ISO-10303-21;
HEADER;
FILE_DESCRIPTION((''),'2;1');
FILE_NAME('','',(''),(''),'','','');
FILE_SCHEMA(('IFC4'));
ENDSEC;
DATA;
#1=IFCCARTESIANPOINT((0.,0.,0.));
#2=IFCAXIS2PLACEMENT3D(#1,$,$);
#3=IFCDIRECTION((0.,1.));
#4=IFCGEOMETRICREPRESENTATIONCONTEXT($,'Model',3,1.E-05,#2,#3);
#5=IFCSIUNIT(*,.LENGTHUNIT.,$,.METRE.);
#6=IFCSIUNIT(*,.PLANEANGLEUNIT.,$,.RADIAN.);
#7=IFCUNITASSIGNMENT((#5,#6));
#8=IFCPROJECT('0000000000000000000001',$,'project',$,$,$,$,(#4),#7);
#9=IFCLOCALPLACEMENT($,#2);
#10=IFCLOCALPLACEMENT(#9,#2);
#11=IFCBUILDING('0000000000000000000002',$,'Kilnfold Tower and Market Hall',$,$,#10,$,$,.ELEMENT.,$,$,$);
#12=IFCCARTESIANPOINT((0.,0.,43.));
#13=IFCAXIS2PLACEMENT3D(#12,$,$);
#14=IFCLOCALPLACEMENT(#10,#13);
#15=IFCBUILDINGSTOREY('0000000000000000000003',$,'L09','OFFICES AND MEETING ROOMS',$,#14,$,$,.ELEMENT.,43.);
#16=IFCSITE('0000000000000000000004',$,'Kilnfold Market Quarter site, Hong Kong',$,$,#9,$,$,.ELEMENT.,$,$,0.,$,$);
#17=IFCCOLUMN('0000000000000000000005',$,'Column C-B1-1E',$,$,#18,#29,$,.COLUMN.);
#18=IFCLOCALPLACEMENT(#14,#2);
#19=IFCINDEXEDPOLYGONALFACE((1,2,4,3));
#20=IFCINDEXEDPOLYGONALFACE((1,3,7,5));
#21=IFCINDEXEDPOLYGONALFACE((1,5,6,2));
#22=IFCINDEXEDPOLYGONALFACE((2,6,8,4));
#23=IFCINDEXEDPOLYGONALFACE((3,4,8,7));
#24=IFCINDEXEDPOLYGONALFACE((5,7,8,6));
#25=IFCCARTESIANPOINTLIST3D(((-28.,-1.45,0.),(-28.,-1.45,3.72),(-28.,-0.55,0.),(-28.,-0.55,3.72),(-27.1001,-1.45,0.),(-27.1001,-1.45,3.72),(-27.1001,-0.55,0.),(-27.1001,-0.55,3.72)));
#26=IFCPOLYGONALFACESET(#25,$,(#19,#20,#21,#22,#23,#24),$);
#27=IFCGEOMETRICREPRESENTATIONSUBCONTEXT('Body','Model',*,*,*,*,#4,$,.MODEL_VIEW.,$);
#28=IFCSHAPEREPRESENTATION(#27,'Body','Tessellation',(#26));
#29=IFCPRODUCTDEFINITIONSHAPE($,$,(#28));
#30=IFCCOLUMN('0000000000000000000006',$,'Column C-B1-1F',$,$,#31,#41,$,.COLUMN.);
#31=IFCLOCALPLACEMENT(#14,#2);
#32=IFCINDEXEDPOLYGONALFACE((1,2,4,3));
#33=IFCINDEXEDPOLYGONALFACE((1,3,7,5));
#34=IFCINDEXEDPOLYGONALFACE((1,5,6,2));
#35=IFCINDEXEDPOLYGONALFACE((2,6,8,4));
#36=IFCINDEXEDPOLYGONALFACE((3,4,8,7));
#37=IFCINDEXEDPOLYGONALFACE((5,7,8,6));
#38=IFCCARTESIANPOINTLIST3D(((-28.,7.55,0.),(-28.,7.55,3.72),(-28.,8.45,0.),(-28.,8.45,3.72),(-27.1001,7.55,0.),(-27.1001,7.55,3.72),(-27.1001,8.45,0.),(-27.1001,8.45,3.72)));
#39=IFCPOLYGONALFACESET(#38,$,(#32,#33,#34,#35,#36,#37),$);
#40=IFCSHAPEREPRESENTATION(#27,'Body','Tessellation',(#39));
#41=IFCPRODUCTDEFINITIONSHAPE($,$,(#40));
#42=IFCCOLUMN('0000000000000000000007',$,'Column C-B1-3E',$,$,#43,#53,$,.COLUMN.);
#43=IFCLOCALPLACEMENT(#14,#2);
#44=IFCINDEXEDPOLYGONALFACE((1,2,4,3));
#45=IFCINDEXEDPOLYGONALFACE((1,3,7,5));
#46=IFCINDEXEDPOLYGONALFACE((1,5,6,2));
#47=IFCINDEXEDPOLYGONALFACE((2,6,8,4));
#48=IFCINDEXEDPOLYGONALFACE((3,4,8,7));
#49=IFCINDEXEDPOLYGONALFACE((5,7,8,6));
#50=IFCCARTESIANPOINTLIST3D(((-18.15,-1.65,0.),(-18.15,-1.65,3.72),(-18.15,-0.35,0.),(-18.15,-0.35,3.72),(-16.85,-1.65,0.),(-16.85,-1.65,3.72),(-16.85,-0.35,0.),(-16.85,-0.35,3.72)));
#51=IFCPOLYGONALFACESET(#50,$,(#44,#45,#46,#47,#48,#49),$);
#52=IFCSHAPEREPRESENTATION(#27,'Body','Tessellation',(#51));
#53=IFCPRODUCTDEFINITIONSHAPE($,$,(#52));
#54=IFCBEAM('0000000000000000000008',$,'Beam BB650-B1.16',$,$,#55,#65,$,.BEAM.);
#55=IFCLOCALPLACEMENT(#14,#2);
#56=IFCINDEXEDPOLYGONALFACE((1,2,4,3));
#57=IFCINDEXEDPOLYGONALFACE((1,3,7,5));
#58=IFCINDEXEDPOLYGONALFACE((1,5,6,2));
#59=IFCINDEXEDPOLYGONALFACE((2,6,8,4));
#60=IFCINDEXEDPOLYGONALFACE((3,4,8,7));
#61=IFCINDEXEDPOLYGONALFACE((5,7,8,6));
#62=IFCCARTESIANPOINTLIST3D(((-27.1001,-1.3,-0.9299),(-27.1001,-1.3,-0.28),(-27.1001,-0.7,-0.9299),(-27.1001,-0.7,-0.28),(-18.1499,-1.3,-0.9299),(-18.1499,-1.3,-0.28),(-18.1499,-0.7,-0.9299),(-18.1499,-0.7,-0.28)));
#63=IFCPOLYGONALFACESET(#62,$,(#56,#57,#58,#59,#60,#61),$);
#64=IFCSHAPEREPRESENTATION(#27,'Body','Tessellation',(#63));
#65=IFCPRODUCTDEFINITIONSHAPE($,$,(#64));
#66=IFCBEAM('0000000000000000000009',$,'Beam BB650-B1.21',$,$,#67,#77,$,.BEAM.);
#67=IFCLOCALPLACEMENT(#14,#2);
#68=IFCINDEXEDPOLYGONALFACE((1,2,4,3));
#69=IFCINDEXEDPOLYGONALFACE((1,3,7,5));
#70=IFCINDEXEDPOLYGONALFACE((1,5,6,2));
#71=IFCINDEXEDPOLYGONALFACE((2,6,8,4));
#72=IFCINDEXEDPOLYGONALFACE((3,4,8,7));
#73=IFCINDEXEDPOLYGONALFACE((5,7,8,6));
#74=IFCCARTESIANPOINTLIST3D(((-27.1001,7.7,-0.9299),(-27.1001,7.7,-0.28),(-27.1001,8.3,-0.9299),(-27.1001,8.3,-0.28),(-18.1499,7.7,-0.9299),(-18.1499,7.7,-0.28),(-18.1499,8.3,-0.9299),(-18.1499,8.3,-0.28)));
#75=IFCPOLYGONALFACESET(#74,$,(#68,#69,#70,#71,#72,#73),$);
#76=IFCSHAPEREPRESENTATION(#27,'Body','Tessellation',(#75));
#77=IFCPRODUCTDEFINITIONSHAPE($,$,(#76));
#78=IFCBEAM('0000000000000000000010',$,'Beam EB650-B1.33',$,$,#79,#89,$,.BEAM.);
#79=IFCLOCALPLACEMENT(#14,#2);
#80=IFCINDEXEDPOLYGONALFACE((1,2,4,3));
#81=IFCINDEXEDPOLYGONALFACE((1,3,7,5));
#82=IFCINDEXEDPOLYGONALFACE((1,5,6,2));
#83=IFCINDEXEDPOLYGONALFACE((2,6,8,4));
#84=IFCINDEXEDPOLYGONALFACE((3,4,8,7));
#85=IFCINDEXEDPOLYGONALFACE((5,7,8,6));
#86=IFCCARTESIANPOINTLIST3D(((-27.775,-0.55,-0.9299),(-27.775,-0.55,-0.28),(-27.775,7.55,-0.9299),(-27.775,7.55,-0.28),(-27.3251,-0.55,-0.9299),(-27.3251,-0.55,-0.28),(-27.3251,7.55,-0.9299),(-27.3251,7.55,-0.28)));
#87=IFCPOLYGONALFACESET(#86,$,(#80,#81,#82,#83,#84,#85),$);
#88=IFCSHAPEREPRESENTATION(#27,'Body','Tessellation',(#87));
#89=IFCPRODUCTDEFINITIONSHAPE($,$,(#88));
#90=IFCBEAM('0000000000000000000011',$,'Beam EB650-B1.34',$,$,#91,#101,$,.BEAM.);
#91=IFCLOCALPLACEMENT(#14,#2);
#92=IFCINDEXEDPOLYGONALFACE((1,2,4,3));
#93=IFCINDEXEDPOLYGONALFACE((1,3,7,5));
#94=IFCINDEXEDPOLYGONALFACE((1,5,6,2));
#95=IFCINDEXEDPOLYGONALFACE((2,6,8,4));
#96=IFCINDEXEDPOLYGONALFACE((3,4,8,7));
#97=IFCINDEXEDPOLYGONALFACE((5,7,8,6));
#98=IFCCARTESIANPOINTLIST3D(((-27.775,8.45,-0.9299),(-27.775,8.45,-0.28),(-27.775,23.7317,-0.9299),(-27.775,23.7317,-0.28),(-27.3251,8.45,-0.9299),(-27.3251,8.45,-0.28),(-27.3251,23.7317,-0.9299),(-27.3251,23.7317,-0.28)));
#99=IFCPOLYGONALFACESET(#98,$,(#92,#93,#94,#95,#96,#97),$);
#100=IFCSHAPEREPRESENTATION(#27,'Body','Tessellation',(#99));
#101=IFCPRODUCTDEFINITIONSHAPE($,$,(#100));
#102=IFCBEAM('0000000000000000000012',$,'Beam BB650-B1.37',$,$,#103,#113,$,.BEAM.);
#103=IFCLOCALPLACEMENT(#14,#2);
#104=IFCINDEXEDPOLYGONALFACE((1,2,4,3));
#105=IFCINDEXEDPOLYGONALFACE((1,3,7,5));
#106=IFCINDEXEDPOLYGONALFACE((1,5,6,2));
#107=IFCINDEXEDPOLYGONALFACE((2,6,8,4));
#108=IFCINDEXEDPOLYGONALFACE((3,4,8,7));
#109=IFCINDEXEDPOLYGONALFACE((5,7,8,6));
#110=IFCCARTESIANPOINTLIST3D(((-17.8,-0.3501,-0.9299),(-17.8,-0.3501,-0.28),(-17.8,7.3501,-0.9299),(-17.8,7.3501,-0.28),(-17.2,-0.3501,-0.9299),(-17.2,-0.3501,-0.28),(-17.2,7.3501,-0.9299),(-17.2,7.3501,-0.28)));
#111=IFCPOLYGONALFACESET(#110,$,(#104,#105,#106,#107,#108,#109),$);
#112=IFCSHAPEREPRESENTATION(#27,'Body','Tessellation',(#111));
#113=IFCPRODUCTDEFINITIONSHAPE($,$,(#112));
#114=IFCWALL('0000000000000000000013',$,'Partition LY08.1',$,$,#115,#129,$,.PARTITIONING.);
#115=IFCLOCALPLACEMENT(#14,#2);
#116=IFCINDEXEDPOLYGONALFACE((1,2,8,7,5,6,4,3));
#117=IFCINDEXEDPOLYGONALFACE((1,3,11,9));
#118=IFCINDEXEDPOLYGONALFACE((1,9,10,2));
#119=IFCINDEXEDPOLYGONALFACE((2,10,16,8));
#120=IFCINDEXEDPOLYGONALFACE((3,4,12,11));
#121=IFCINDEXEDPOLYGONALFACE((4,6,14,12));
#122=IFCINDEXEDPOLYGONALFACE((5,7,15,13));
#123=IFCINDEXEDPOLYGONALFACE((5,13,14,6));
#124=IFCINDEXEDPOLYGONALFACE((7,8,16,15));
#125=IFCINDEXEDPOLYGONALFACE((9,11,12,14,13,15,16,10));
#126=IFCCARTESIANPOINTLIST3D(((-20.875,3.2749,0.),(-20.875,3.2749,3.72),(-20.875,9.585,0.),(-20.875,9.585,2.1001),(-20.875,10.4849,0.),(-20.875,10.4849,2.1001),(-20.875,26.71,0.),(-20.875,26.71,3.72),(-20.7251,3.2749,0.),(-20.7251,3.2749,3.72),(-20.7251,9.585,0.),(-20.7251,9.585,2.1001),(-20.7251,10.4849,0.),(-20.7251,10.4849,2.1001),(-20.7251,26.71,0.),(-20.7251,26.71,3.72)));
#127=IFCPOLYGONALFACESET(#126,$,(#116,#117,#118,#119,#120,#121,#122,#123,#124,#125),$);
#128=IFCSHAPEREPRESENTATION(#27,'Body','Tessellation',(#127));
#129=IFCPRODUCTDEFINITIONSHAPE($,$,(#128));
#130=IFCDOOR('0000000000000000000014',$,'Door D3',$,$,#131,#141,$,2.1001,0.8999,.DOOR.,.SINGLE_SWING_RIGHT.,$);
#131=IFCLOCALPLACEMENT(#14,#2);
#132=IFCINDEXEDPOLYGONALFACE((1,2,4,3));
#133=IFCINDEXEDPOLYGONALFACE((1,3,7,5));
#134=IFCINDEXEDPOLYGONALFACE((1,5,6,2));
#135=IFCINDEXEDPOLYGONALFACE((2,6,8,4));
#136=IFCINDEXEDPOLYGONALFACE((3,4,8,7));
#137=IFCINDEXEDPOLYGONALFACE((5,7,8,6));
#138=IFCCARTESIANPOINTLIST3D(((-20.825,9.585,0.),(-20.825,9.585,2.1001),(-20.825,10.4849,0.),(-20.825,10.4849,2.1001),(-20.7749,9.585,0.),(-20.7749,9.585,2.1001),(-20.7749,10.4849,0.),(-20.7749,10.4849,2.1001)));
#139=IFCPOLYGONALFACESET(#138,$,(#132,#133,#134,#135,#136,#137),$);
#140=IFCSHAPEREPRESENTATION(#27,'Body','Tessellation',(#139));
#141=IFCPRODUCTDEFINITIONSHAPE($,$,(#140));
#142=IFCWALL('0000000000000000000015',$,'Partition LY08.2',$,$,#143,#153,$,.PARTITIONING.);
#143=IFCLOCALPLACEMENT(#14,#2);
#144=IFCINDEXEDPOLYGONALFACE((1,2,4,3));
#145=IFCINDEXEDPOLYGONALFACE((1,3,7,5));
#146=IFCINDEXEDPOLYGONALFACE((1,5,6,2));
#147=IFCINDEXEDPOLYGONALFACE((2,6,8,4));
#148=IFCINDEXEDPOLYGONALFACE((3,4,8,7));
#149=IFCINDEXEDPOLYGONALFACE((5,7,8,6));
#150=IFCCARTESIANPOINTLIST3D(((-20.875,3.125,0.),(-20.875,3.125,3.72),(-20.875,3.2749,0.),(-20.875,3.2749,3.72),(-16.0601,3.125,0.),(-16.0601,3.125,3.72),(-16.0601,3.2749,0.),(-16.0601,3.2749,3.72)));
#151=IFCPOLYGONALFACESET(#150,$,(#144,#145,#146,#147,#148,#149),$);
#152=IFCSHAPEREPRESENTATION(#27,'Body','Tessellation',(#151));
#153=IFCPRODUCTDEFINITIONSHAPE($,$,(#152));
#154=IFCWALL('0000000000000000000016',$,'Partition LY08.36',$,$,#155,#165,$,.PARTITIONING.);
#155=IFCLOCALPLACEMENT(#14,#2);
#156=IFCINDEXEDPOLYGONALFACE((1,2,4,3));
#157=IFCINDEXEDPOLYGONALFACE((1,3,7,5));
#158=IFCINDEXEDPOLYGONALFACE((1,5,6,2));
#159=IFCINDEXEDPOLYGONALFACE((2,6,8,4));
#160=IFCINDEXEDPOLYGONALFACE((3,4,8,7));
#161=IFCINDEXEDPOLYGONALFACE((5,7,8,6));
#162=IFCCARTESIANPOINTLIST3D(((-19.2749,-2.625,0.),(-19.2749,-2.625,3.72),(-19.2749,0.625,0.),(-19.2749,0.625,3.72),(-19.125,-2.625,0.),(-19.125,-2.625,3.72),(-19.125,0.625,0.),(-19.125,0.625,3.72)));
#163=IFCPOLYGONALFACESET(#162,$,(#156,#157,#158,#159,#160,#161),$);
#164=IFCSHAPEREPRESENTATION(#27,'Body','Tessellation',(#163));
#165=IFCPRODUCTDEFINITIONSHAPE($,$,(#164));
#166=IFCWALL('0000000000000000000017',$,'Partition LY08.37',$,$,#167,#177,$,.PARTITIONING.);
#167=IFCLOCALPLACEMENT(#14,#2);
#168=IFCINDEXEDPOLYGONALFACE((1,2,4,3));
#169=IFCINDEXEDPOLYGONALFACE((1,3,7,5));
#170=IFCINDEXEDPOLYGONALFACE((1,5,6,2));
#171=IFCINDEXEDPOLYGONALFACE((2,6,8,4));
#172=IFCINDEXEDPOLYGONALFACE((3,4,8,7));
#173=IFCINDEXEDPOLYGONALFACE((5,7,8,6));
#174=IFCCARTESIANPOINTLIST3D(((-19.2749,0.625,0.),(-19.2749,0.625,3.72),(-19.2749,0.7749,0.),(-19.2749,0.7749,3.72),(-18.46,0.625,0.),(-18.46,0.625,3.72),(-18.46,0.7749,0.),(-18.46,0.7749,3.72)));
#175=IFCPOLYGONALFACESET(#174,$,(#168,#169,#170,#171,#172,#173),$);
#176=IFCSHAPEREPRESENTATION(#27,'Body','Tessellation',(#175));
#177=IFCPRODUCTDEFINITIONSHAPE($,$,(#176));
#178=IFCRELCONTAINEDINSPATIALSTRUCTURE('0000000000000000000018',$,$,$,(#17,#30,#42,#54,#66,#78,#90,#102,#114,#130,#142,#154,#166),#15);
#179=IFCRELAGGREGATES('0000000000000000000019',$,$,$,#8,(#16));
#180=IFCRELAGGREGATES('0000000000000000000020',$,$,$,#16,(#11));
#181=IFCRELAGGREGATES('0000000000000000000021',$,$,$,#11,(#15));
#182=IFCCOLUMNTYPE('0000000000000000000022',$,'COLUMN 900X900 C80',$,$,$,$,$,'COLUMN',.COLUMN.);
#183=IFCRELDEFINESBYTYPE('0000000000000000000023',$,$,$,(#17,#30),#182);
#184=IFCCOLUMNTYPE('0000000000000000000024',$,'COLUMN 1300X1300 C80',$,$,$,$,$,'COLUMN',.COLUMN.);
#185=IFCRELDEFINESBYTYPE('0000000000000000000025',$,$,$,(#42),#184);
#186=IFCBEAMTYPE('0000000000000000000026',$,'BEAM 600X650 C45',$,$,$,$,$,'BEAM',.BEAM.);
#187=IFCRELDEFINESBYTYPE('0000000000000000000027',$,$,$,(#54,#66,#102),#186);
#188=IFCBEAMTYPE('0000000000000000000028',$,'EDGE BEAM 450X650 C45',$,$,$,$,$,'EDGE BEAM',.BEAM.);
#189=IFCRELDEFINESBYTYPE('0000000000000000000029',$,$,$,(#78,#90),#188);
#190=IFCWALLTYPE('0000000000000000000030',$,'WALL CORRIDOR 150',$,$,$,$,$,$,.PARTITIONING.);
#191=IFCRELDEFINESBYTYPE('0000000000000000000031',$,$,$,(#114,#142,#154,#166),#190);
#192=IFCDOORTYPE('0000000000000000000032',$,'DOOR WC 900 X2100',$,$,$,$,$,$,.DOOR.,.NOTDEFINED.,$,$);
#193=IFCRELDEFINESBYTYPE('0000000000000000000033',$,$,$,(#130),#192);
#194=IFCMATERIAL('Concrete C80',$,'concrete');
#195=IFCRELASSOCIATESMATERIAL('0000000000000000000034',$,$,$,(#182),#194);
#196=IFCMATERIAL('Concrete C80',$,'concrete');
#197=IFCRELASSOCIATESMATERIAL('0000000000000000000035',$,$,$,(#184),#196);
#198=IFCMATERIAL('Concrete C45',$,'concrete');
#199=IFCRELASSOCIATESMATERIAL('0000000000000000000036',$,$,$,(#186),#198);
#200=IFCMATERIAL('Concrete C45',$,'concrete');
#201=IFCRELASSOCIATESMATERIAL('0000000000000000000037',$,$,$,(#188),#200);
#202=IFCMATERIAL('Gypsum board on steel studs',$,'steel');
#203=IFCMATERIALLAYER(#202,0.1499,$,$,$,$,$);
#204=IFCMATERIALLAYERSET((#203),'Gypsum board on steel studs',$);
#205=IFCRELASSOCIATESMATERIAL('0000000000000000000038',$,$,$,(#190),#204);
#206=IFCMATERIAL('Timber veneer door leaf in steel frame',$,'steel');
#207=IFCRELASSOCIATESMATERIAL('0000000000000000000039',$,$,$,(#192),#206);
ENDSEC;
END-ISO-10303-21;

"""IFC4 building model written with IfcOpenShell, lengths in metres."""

from ifc_helpers import new_model, si_unit, direction, frame, frame_2d, origin, origin_2d, place, context, subcontext, project, spatial, rectangle, extrude, source, transform, mapped, material, layer, layer_set, material_profile, profile_set, type_object, element, fill, save


model = new_model("IFC4")

# Units and contexts
model_context = context("Model", 3, precision=1e-05, world=origin(), true_north=direction((0.0, 1.0)))
body_context = subcontext(model_context, "Body", "Model", "MODEL_VIEW")
ifc_project = project(units=[si_unit("LENGTHUNIT", "METRE"), si_unit("PLANEANGLEUNIT", "RADIAN")], contexts=[model_context])

# Site, building, storey
site_placement = place(None, origin())
site = spatial("IfcSite", under=ifc_project, at=site_placement, Name="Kilnfold Market Quarter site, Hong Kong", CompositionType="ELEMENT", RefElevation=0.0)
building_placement = place(site_placement, origin())
building = spatial("IfcBuilding", under=site, at=building_placement, Name="Kilnfold Tower and Market Hall", CompositionType="ELEMENT")
storey_placement = place(building_placement, frame((0.0, 0.0, 43.0)))
storey = spatial("IfcBuildingStorey", under=building, at=storey_placement, Name="L09", Description="OFFICES AND MEETING ROOMS", CompositionType="ELEMENT", Elevation=43.0)

# Columns
ifc_material_1 = material(Name="Concrete C80", Category="concrete")
ifc_material_profile_1 = material_profile(ifc_material_1, rectangle(XDim=0.8999, YDim=0.8999, at=origin_2d()), Name="RC 900x900")
ifc_profile_set_1 = profile_set([ifc_material_profile_1], Name="Concrete C80")
column_type_1 = type_object("IfcColumnType", Name="COLUMN 900X900 C80", ElementType="COLUMN", PredefinedType="COLUMN", material=ifc_profile_set_1)
shared_shape_1 = source(origin(), body_context, "Body", "SweptSolid", [
    extrude(rectangle(XDim=0.8999, YDim=0.8999, at=origin_2d()), origin(), (0.0, 0.0, 1.0), 3.72),
])
for number, where, z_axis, x_axis, name in (
    (1, (-27.55, -1.0, 0.0), (0.0, 0.0, 1.0), (1.0, 0.0, 0.0), "Column C-B1-1E"),
    (2, (-27.55, 8.0, 0.0), (0.0, 0.0, 1.0), (1.0, 0.0, 0.0), "Column C-B1-1F"),
):
    element("IfcColumn", number, at=place(storey_placement, frame(where, z_axis=z_axis, x_axis=x_axis)), inside=storey, type_object=column_type_1, Name=name, PredefinedType="COLUMN", context=body_context, shape_type="MappedRepresentation", body=[
        mapped(shared_shape_1, transform((0.0, 0.0, 0.0))),
    ])
ifc_material_2 = material(Name="Concrete C80", Category="concrete")
ifc_material_profile_2 = material_profile(ifc_material_2, rectangle(XDim=1.3, YDim=1.3, at=origin_2d()), Name="RC 1300x1300")
ifc_profile_set_2 = profile_set([ifc_material_profile_2], Name="Concrete C80")
column_type_2 = type_object("IfcColumnType", Name="COLUMN 1300X1300 C80", ElementType="COLUMN", PredefinedType="COLUMN", material=ifc_profile_set_2)
shared_shape_2 = source(origin(), body_context, "Body", "SweptSolid", [
    extrude(rectangle(XDim=1.3, YDim=1.3, at=origin_2d()), origin(), (0.0, 0.0, 1.0), 3.72),
])
column_placement = place(storey_placement, frame((-17.5, -1.0, 0.0), z_axis=(0.0, 0.0, 1.0), x_axis=(1.0, 0.0, 0.0)))
element("IfcColumn", 3, at=column_placement, inside=storey, type_object=column_type_2, Name="Column C-B1-3E", PredefinedType="COLUMN", context=body_context, shape_type="MappedRepresentation", body=[
    mapped(shared_shape_2, transform((0.0, 0.0, 0.0))),
])

# Beams
ifc_material_3 = material(Name="Concrete C45", Category="concrete")
ifc_material_profile_3 = material_profile(ifc_material_3, rectangle(XDim=0.6001, YDim=0.6499, at=origin_2d()), Name="RC 600x650")
ifc_profile_set_3 = profile_set([ifc_material_profile_3], Name="Concrete C45")
beam_type_1 = type_object("IfcBeamType", Name="BEAM 600X650 C45", ElementType="BEAM", PredefinedType="BEAM", material=ifc_profile_set_3)
shared_shape_3 = source(origin(), body_context, "Body", "SweptSolid", [
    extrude(rectangle(XDim=0.6001, YDim=0.6499, at=origin_2d()), origin(), (0.0, 0.0, 1.0), 8.9502),
])
for number, where, z_axis, x_axis, name in (
    (4, (-27.1001, -1.0, -0.605), (1.0, 0.0, 0.0), (0.0, 1.0, 0.0), "Beam BB650-B1.16"),
    (5, (-27.1001, 8.0, -0.605), (1.0, 0.0, 0.0), (0.0, 1.0, 0.0), "Beam BB650-B1.21"),
):
    element("IfcBeam", number, at=place(storey_placement, frame(where, z_axis=z_axis, x_axis=x_axis)), inside=storey, type_object=beam_type_1, Name=name, PredefinedType="BEAM", context=body_context, shape_type="MappedRepresentation", body=[
        mapped(shared_shape_3, transform((0.0, 0.0, 0.0))),
    ])
ifc_material_4 = material(Name="Concrete C45", Category="concrete")
ifc_material_profile_4 = material_profile(ifc_material_4, rectangle(XDim=0.45, YDim=0.6499, at=origin_2d()), Name="RC 450x650")
ifc_profile_set_4 = profile_set([ifc_material_profile_4], Name="Concrete C45")
beam_type_2 = type_object("IfcBeamType", Name="EDGE BEAM 450X650 C45", ElementType="EDGE BEAM", PredefinedType="BEAM", material=ifc_profile_set_4)
shared_shape_4 = source(origin(), body_context, "Body", "SweptSolid", [
    extrude(rectangle(XDim=0.45, YDim=0.6499, at=origin_2d()), origin(), (0.0, 0.0, 1.0), 8.1001),
])
beam_1_placement = place(storey_placement, frame((-27.55, -0.55, -0.605), z_axis=(0.0, 1.0, 0.0), x_axis=(-1.0, 0.0, 0.0)))
element("IfcBeam", 6, at=beam_1_placement, inside=storey, type_object=beam_type_2, Name="Beam EB650-B1.33", PredefinedType="BEAM", context=body_context, shape_type="MappedRepresentation", body=[
    mapped(shared_shape_4, transform((0.0, 0.0, 0.0))),
])
shared_shape_5 = source(origin(), body_context, "Body", "SweptSolid", [
    extrude(rectangle(XDim=0.45, YDim=0.6499, at=origin_2d()), origin(), (0.0, 0.0, 1.0), 15.2817),
])
beam_2_placement = place(storey_placement, frame((-27.55, 8.45, -0.605), z_axis=(0.0, 1.0, 0.0), x_axis=(-1.0, 0.0, 0.0)))
element("IfcBeam", 7, at=beam_2_placement, inside=storey, type_object=beam_type_2, Name="Beam EB650-B1.34", PredefinedType="BEAM", context=body_context, shape_type="MappedRepresentation", body=[
    mapped(shared_shape_5, transform((0.0, 0.0, 0.0))),
])
shared_shape_6 = source(origin(), body_context, "Body", "SweptSolid", [
    extrude(rectangle(XDim=0.6001, YDim=0.6499, at=origin_2d()), origin(), (0.0, 0.0, 1.0), 7.7002),
])
beam_3_placement = place(storey_placement, frame((-17.5, -0.3501, -0.605), z_axis=(0.0, 1.0, 0.0), x_axis=(-1.0, 0.0, 0.0)))
element("IfcBeam", 8, at=beam_3_placement, inside=storey, type_object=beam_type_1, Name="Beam BB650-B1.37", PredefinedType="BEAM", context=body_context, shape_type="MappedRepresentation", body=[
    mapped(shared_shape_6, transform((0.0, 0.0, 0.0))),
])

# Wall, opening, door
ifc_material_5 = material(Name="Gypsum board on steel studs", Category="steel")
ifc_layer_1 = layer(ifc_material_5, 0.1499)
ifc_layer_set_1 = layer_set([ifc_layer_1], Name="Gypsum board on steel studs")
wall_type_1 = type_object("IfcWallType", Name="WALL CORRIDOR 150", PredefinedType="PARTITIONING", material=ifc_layer_set_1)
wall_1_placement = place(storey_placement, frame((-20.8, 3.2749, 0.0), z_axis=(0.0, 0.0, 1.0), x_axis=(0.0, 1.0, 0.0)))
wall_1 = element("IfcWall", 9, at=wall_1_placement, inside=storey, type_object=wall_type_1, Name="Partition LY08.1", PredefinedType="PARTITIONING", context=body_context, shape_type="SweptSolid", body=[
    extrude(rectangle(XDim=23.4351, YDim=0.1499, at=frame_2d((11.7175, 0.0))), origin(), (0.0, 0.0, 1.0), 3.72),
])
opening_1_placement = place(wall_1_placement, frame((6.3101, 0.0, 0.0)))
opening_1 = element("IfcOpeningElement", 10, at=opening_1_placement, cuts=wall_1, PredefinedType="OPENING", context=body_context, shape_type="SweptSolid", body=[
    extrude(rectangle(XDim=0.8999, YDim=2.1001, at=frame_2d((0.45, 1.05))), frame((0.0, 0.085, 0.0), z_axis=(0.0, -1.0, 0.0), x_axis=(1.0, 0.0, 0.0)), (0.0, 0.0, 1.0), 0.1699),
])
ifc_material_6 = material(Name="Timber veneer door leaf in steel frame", Category="steel")
door_type = type_object("IfcDoorType", Name="DOOR WC 900 X2100", OperationType="NOTDEFINED", PredefinedType="DOOR", material=ifc_material_6)
door_placement = place(opening_1_placement, origin())
door = element("IfcDoor", 11, at=door_placement, inside=storey, type_object=door_type, Name="Door D3", OperationType="SINGLE_SWING_RIGHT", OverallHeight=2.1001, OverallWidth=0.8999, PredefinedType="DOOR", context=body_context, shape_type="SweptSolid", body=[
    extrude(rectangle(XDim=0.8999, YDim=2.1001, at=frame_2d((0.45, 1.05))), frame((0.0, 0.0249, 0.0), z_axis=(0.0, -1.0, 0.0), x_axis=(1.0, 0.0, 0.0)), (0.0, 0.0, 1.0), 0.05),
])
fill(opening_1, door)

# Walls
wall_2_placement = place(storey_placement, frame((-20.875, 3.2, 0.0), z_axis=(0.0, 0.0, 1.0), x_axis=(1.0, 0.0, 0.0)))
element("IfcWall", 12, at=wall_2_placement, inside=storey, type_object=wall_type_1, Name="Partition LY08.2", PredefinedType="PARTITIONING", context=body_context, shape_type="SweptSolid", body=[
    extrude(rectangle(XDim=4.8149, YDim=0.1499, at=frame_2d((2.4075, 0.0))), origin(), (0.0, 0.0, 1.0), 3.72),
])
wall_3_placement = place(storey_placement, frame((-19.2, 0.625, 0.0), z_axis=(0.0, 0.0, 1.0), x_axis=(0.0, -1.0, 0.0)))
element("IfcWall", 13, at=wall_3_placement, inside=storey, type_object=wall_type_1, Name="Partition LY08.36", PredefinedType="PARTITIONING", context=body_context, shape_type="SweptSolid", body=[
    extrude(rectangle(XDim=3.25, YDim=0.1499, at=frame_2d((1.625, 0.0))), origin(), (0.0, 0.0, 1.0), 3.72),
])
wall_4_placement = place(storey_placement, frame((-19.2749, 0.7, 0.0), z_axis=(0.0, 0.0, 1.0), x_axis=(1.0, 0.0, 0.0)))
element("IfcWall", 14, at=wall_4_placement, inside=storey, type_object=wall_type_1, Name="Partition LY08.37", PredefinedType="PARTITIONING", context=body_context, shape_type="SweptSolid", body=[
    extrude(rectangle(XDim=0.8149, YDim=0.1499, at=frame_2d((0.4075, 0.0))), origin(), (0.0, 0.0, 1.0), 3.72),
])

save(model, "model.ifc")
